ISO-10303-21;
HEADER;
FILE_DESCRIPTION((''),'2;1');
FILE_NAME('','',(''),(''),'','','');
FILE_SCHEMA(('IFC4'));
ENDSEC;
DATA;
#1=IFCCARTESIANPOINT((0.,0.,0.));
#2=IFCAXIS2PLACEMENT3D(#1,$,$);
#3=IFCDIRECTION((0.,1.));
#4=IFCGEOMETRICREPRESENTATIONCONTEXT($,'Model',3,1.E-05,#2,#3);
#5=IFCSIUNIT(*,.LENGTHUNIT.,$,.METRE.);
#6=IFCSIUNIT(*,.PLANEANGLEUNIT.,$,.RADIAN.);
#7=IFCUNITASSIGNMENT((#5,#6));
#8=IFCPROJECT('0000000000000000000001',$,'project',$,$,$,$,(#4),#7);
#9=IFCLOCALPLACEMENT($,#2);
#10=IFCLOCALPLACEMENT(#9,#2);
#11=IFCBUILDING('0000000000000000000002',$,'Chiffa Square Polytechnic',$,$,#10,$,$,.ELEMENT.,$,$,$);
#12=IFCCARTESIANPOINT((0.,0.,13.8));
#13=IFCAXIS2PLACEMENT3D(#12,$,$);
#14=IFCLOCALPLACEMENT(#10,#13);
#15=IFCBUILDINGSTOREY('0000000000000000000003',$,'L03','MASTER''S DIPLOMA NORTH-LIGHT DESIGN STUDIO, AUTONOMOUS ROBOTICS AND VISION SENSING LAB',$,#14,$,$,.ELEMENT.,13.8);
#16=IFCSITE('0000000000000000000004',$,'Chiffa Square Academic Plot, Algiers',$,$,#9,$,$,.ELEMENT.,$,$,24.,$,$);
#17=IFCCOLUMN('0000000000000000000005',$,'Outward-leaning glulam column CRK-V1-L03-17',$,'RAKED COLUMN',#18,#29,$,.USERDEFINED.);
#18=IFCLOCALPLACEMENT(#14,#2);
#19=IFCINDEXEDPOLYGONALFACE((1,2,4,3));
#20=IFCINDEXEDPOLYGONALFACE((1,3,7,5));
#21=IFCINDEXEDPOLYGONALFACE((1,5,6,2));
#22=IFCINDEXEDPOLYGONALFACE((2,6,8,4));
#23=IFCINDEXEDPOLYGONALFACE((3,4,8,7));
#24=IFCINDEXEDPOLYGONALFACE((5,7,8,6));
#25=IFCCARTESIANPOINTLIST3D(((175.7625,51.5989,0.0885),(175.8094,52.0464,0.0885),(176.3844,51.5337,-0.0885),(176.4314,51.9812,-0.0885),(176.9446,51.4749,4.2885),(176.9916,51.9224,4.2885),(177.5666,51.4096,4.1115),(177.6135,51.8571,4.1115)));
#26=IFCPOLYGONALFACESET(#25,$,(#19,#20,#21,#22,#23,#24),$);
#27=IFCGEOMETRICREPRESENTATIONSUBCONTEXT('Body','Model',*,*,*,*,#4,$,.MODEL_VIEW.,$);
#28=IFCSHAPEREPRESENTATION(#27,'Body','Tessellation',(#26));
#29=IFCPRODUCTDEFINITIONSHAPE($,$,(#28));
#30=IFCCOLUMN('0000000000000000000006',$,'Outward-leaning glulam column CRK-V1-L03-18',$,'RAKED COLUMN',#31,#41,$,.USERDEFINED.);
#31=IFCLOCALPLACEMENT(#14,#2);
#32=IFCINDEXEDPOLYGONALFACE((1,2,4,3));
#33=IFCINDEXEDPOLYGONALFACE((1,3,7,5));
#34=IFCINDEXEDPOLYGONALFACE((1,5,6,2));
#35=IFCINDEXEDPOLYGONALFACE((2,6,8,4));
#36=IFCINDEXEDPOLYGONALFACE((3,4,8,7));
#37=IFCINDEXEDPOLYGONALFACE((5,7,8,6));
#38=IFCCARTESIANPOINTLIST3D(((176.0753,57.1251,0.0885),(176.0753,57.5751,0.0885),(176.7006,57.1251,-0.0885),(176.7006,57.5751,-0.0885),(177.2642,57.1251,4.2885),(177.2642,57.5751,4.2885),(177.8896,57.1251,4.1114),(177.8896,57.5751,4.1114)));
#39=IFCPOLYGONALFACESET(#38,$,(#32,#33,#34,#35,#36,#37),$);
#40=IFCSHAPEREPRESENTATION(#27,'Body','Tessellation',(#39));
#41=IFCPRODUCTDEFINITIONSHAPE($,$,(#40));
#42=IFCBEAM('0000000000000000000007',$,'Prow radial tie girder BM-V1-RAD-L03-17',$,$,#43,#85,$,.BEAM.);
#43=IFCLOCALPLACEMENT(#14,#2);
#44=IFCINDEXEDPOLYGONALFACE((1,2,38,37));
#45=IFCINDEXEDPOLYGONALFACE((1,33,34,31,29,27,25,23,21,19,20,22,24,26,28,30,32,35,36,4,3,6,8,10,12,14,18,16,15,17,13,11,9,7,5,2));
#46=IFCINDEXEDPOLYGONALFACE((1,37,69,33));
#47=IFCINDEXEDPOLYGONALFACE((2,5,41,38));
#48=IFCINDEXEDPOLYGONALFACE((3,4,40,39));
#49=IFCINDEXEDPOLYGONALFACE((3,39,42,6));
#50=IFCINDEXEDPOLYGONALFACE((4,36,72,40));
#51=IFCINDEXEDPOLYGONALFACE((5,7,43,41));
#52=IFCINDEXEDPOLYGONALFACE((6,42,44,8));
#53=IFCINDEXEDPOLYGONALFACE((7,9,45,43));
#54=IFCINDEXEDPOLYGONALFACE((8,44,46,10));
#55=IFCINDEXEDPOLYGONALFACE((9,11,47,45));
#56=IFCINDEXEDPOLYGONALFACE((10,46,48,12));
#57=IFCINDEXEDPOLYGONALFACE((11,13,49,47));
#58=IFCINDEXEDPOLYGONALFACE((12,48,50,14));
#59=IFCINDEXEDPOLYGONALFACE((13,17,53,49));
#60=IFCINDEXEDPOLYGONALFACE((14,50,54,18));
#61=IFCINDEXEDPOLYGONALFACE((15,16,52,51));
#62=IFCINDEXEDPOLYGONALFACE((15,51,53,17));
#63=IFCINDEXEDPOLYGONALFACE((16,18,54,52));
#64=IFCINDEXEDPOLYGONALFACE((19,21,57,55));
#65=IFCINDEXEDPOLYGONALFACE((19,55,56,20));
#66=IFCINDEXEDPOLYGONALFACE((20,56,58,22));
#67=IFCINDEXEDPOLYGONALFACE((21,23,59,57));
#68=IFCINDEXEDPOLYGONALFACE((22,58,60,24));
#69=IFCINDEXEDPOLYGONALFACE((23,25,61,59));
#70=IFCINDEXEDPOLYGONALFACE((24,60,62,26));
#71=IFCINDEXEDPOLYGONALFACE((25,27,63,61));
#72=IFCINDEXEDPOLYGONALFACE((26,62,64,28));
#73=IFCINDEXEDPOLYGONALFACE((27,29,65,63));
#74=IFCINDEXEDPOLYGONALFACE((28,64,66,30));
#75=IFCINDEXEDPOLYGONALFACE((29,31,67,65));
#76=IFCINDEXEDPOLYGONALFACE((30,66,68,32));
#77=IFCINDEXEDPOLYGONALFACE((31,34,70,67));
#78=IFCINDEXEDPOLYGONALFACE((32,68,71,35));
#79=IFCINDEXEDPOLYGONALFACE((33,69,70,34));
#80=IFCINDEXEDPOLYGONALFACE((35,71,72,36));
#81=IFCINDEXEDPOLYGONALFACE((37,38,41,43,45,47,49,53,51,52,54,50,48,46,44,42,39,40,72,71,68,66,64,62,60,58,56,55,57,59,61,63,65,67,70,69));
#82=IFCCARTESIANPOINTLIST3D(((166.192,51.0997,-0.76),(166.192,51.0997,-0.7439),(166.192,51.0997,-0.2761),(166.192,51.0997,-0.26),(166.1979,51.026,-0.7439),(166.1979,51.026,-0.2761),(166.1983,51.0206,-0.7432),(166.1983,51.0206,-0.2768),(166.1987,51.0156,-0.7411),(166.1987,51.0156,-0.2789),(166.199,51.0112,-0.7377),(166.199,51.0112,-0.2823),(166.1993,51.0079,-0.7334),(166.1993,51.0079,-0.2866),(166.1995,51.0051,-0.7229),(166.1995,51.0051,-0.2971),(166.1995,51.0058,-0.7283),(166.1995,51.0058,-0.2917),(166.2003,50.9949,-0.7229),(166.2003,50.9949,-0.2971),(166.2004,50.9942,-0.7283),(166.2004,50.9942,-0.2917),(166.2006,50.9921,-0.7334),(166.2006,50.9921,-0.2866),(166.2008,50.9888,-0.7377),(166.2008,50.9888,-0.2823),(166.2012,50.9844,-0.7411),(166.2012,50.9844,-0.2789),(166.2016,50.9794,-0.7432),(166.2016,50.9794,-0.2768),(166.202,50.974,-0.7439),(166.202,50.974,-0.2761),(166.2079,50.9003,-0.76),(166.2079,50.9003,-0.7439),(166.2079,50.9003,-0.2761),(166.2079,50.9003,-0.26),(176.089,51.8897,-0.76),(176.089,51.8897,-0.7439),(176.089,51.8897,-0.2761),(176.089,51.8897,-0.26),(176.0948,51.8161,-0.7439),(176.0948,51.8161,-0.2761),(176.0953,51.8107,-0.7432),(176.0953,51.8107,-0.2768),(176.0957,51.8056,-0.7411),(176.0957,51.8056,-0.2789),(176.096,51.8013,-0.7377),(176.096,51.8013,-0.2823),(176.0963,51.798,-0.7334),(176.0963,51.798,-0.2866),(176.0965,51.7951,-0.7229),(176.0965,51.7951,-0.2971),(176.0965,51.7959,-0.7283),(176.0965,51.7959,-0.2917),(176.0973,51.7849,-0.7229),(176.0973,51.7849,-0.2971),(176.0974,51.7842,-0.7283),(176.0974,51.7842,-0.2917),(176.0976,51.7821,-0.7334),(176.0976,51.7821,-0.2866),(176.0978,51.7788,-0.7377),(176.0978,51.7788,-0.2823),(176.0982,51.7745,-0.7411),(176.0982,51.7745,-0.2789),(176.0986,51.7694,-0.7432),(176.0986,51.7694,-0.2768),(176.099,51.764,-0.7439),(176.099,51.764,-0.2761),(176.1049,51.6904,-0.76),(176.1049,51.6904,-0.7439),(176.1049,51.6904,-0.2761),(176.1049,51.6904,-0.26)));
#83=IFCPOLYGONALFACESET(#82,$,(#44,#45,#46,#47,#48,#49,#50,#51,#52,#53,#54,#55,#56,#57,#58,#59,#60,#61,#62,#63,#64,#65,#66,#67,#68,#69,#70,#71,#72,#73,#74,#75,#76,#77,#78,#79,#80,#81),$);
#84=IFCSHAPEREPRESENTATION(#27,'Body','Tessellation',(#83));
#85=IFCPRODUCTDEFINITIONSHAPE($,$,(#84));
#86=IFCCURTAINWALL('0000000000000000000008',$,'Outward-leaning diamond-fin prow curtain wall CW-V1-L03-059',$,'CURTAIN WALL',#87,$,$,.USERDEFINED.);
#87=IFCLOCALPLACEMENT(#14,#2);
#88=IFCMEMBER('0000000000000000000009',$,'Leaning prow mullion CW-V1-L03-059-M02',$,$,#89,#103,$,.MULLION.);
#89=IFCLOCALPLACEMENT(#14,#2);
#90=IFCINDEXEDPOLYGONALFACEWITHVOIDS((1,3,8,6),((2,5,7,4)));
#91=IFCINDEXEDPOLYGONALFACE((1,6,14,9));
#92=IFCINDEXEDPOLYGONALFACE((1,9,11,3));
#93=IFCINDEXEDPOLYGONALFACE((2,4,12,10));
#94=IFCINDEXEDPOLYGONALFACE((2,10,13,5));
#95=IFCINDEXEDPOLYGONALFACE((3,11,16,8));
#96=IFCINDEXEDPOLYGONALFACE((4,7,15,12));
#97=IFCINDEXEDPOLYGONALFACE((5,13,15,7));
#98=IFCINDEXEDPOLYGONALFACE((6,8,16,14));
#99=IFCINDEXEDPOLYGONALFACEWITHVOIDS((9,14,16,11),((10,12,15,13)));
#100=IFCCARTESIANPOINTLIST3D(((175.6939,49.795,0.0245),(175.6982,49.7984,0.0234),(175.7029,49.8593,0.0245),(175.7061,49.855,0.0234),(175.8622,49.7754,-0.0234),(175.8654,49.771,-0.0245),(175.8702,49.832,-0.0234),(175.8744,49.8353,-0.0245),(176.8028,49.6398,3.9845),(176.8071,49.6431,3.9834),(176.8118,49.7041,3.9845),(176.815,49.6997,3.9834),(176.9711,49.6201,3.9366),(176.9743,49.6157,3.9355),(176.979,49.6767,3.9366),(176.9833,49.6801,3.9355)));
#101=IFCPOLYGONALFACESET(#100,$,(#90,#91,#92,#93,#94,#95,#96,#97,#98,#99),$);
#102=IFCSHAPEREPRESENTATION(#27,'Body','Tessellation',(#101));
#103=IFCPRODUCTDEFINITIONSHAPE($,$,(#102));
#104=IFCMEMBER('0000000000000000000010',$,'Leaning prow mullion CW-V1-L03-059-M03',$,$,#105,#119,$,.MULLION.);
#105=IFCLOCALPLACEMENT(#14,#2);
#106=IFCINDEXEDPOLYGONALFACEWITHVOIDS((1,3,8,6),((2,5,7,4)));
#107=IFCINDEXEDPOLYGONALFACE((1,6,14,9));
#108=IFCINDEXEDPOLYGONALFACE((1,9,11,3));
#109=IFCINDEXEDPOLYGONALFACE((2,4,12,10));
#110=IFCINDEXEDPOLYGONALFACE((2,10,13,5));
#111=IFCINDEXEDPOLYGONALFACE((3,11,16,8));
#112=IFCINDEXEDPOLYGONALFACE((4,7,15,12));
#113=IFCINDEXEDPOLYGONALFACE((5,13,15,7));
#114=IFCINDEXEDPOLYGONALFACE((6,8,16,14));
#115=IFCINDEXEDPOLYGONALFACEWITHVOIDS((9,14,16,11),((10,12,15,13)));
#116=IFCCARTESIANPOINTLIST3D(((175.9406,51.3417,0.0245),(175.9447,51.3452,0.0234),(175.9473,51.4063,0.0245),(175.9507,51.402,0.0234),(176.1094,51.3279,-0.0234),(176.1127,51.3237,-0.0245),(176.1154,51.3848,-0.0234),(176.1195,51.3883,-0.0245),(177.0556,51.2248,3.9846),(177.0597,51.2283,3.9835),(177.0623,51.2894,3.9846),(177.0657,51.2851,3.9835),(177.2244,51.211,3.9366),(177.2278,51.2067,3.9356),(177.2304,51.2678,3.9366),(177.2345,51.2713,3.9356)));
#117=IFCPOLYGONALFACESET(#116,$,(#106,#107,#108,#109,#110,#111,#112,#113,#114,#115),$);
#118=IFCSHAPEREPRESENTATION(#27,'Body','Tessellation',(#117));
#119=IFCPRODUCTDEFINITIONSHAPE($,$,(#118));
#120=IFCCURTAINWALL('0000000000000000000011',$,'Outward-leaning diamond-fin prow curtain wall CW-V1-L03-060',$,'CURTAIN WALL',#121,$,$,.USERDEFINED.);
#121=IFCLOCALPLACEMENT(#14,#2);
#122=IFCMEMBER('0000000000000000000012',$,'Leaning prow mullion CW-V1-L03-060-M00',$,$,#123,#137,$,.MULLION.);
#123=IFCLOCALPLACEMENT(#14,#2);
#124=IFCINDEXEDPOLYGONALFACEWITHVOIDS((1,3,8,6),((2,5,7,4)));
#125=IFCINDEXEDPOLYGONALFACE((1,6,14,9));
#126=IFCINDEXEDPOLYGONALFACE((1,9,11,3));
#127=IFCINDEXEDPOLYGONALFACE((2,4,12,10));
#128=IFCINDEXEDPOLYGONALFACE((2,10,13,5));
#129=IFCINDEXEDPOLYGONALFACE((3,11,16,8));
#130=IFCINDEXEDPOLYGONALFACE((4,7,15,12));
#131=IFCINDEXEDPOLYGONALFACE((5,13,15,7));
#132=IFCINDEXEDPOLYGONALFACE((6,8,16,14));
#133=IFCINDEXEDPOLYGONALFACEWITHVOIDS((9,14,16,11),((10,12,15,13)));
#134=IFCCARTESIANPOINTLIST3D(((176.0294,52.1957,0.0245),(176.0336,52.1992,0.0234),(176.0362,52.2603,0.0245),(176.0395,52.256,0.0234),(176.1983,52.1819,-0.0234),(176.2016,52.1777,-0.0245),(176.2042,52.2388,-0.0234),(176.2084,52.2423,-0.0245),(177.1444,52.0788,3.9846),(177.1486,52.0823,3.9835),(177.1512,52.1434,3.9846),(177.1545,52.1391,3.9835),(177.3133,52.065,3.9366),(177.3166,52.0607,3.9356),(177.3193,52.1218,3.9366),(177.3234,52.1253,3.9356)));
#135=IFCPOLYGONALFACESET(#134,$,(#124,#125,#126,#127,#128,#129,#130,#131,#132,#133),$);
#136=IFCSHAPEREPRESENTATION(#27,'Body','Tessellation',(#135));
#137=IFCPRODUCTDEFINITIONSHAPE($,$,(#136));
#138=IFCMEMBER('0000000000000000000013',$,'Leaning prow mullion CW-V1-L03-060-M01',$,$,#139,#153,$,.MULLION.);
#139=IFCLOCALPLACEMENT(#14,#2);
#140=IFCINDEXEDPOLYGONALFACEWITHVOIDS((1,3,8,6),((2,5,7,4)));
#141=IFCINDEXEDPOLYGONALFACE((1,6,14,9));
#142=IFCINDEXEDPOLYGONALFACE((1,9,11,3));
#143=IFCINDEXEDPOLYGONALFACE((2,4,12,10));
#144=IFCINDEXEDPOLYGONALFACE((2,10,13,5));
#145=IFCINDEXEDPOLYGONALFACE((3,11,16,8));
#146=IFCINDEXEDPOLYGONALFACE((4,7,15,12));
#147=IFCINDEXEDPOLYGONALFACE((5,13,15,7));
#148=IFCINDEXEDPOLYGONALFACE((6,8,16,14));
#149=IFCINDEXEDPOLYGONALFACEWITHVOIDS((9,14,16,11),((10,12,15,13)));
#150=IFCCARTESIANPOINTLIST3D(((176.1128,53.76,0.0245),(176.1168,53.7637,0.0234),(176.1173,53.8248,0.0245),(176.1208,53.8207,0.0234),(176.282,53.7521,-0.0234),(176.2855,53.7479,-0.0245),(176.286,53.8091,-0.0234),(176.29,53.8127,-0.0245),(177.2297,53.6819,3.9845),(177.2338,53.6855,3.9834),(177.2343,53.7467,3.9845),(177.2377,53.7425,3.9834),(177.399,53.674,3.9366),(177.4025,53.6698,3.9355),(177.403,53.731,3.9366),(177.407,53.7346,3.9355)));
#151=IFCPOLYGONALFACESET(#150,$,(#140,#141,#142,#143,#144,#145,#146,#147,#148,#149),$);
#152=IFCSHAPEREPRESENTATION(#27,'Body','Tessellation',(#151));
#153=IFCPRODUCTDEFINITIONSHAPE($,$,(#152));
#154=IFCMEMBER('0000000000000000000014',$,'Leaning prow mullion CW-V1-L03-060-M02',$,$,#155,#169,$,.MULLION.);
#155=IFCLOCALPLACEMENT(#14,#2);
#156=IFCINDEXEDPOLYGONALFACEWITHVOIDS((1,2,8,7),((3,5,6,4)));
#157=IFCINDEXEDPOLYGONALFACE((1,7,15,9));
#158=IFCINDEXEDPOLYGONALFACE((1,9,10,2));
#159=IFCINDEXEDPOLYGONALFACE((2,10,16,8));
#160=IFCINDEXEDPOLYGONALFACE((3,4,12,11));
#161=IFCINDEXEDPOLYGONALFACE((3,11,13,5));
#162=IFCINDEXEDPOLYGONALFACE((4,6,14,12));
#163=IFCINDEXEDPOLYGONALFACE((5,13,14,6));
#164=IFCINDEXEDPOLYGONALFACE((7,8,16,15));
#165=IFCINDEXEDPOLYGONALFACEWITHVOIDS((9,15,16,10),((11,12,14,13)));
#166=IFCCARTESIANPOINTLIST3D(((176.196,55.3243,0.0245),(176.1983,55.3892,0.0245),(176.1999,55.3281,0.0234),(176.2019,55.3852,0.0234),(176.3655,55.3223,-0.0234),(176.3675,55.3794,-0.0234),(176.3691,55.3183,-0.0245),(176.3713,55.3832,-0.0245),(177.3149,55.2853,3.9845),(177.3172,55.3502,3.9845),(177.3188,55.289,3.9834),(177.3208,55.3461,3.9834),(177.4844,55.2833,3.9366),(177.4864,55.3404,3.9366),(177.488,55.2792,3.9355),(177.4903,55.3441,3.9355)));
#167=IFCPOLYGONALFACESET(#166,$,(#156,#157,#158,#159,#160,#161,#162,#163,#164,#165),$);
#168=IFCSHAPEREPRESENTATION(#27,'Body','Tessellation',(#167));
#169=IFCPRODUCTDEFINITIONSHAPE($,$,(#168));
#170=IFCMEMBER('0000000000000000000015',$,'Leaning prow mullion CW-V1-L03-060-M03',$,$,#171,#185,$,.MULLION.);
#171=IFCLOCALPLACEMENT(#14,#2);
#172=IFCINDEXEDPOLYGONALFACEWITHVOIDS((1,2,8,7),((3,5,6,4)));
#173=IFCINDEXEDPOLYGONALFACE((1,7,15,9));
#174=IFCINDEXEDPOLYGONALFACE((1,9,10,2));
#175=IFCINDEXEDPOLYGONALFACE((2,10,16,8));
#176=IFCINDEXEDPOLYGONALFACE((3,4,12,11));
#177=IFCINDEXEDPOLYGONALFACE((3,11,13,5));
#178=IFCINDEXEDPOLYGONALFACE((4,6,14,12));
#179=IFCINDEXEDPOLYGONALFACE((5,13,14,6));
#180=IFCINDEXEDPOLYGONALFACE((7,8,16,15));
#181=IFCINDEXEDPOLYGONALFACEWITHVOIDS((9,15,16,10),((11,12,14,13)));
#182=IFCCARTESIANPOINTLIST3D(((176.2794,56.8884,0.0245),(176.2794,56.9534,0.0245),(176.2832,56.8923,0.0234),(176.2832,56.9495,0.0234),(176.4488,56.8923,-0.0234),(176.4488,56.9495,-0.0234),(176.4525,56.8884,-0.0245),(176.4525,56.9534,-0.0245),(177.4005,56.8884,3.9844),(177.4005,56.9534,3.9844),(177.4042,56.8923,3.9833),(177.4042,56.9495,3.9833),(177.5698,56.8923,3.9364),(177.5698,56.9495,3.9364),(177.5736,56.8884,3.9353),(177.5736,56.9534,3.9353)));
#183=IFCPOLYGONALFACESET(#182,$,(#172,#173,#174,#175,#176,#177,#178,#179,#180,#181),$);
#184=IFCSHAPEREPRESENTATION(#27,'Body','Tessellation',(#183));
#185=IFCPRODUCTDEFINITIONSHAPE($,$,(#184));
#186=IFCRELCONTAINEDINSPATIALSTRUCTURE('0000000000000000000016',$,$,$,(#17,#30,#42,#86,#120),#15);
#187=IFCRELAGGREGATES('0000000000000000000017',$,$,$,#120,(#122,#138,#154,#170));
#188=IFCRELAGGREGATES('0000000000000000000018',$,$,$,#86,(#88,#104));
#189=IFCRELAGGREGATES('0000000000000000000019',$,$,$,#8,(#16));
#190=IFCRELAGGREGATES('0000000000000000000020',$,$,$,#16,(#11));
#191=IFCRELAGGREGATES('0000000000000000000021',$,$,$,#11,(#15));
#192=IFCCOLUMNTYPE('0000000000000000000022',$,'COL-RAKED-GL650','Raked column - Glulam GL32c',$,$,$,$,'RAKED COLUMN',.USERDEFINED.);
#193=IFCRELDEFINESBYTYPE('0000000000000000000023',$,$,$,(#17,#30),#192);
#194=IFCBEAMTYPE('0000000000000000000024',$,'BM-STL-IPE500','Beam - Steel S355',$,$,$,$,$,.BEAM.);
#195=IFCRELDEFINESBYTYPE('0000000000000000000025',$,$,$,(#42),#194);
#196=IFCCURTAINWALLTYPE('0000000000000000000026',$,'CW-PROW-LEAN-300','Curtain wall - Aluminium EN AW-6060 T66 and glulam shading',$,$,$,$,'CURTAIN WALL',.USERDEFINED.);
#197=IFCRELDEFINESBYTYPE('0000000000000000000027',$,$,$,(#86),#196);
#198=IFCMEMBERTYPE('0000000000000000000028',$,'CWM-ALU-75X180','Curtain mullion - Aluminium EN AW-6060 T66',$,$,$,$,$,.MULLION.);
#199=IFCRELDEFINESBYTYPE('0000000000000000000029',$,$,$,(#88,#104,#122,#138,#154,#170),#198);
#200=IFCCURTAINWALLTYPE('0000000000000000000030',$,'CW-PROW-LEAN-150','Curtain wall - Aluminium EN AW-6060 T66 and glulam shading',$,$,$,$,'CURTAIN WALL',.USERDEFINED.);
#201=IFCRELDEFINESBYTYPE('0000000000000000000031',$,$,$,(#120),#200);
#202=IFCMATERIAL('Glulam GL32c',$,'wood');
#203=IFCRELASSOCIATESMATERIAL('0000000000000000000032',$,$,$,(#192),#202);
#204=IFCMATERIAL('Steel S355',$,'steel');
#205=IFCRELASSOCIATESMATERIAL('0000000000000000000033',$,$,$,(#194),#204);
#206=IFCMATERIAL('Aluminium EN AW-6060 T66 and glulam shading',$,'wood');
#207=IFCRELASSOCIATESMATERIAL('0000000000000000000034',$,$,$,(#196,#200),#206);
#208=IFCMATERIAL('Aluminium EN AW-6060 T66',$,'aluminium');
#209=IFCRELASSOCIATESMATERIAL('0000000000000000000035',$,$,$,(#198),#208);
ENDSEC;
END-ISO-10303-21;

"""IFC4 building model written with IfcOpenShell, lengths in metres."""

from ifc_helpers import new_model, si_unit, direction, frame, origin, origin_2d, place, context, subcontext, project, spatial, rectangle, hollow_rectangle, i_section, extrude, material, material_profile, profile_set, type_object, element, aggregate, save


model = new_model("IFC4")

# Units and contexts
model_context = context("Model", 3, precision=1e-05, world=origin(), true_north=direction((0.0, 1.0)))
body_context = subcontext(model_context, "Body", "Model", "MODEL_VIEW")
ifc_project = project(units=[si_unit("LENGTHUNIT", "METRE"), si_unit("PLANEANGLEUNIT", "RADIAN")], contexts=[model_context])

# Site, building, storey
site_placement = place(None, origin())
site = spatial("IfcSite", under=ifc_project, at=site_placement, Name="Chiffa Square Academic Plot, Algiers", CompositionType="ELEMENT", RefElevation=24.0)
building_placement = place(site_placement, origin())
building = spatial("IfcBuilding", under=site, at=building_placement, Name="Chiffa Square Polytechnic", CompositionType="ELEMENT")
storey_placement = place(building_placement, frame((0.0, 0.0, 13.8)))
storey = spatial("IfcBuildingStorey", under=building, at=storey_placement, Name="L03", Description="MASTER'S DIPLOMA NORTH-LIGHT DESIGN STUDIO, AUTONOMOUS ROBOTICS AND VISION SENSING LAB", CompositionType="ELEMENT", Elevation=13.8)

# Columns
ifc_material_1 = material(Name="Glulam GL32c", Category="wood")
ifc_material_profile_1 = material_profile(ifc_material_1, rectangle(XDim=0.45, YDim=0.6499, at=origin_2d()), Name="GL32c 450x650")
ifc_profile_set_1 = profile_set([ifc_material_profile_1], Name="Glulam GL32c")
column_type = type_object("IfcColumnType", Name="COL-RAKED-GL650", Description="Raked column - Glulam GL32c", ElementType="RAKED COLUMN", PredefinedType="USERDEFINED", material=ifc_profile_set_1)
for number, where, z_axis, x_axis, name in (
    (1, (176.0969, 51.79, 0.0), (0.270826, -0.028414, 0.962209), (0.104343, 0.994541, 0.0), "Outward-leaning glulam column CRK-V1-L03-17"),
    (2, (176.3879, 57.3501, 0.0), (0.272386, 0.0, 0.962188), (0.0, 1.0, 0.0), "Outward-leaning glulam column CRK-V1-L03-18"),
):
    element("IfcColumn", number, at=place(storey_placement, frame(where, z_axis=z_axis, x_axis=x_axis)), inside=storey, type_object=column_type, Name=name, ObjectType="RAKED COLUMN", PredefinedType="USERDEFINED", context=body_context, shape_type="SweptSolid", body=[
        extrude(rectangle(XDim=0.45, YDim=0.6499, at=origin_2d()), origin(), (0.0, 0.0, 1.0), 4.365),
    ])

# Beam
ifc_material_2 = material(Name="Steel S355", Category="steel")
ifc_material_profile_2 = material_profile(ifc_material_2, i_section(OverallWidth=0.2, OverallDepth=0.5, WebThickness=0.0103, FlangeThickness=0.0161, FilletRadius=0.021, at=origin_2d()), Name="IPE 500")
ifc_profile_set_2 = profile_set([ifc_material_profile_2], Name="Steel S355")
beam_type_1 = type_object("IfcBeamType", Name="BM-STL-IPE500", Description="Beam - Steel S355", PredefinedType="BEAM", material=ifc_profile_set_2)
beam_1_placement = place(storey_placement, frame((176.0969, 51.79, -0.51), z_axis=(-0.996829, -0.079573, 0.0), x_axis=(0.079573, -0.996829, 0.0)))
element("IfcBeam", 3, at=beam_1_placement, inside=storey, type_object=beam_type_1, Name="Prow radial tie girder BM-V1-RAD-L03-17", PredefinedType="BEAM", context=body_context, shape_type="SweptSolid", body=[
    extrude(i_section(OverallWidth=0.2, OverallDepth=0.5, WebThickness=0.0103, FlangeThickness=0.0161, FilletRadius=0.021, at=origin_2d()), origin(), (0.0, 0.0, 1.0), 9.9285),
])

# Curtain walls, members
ifc_material_3 = material(Name="Aluminium EN AW-6060 T66 and glulam shading", Category="wood")
curtain_wall_type_1 = type_object("IfcCurtainWallType", Name="CW-PROW-LEAN-300", Description="Curtain wall - Aluminium EN AW-6060 T66 and glulam shading", ElementType="CURTAIN WALL", PredefinedType="USERDEFINED", material=ifc_material_3)
curtain_wall_1_placement = place(storey_placement, origin())
curtain_wall_1 = element("IfcCurtainWall", 4, at=curtain_wall_1_placement, inside=storey, type_object=curtain_wall_type_1, Name="Outward-leaning diamond-fin prow curtain wall CW-V1-L03-059", ObjectType="CURTAIN WALL", PredefinedType="USERDEFINED")
ifc_material_4 = material(Name="Aluminium EN AW-6060 T66", Category="aluminium")
ifc_material_profile_3 = material_profile(ifc_material_4, hollow_rectangle(XDim=0.0649, YDim=0.1799, WallThickness=0.0039, at=origin_2d()), Name="ALU 65x180x4")
ifc_profile_set_3 = profile_set([ifc_material_profile_3], Name="Aluminium EN AW-6060 T66")
member_type_1 = type_object("IfcMemberType", Name="CWM-ALU-75X180", Description="Curtain mullion - Aluminium EN AW-6060 T66", PredefinedType="MULLION", material=ifc_profile_set_3)
member_1_placement = place(storey_placement, frame((175.7842, 49.8152, 0.0), z_axis=(0.26946, -0.037732, 0.962272), x_axis=(0.138674, 0.990338, 0.0)))
member_1 = element("IfcMember", 5, at=member_1_placement, type_object=member_type_1, Name="Leaning prow mullion CW-V1-L03-059-M02", PredefinedType="MULLION", context=body_context, shape_type="SweptSolid", body=[
    extrude(hollow_rectangle(XDim=0.0649, YDim=0.1799, WallThickness=0.0039, at=origin_2d()), origin(), (0.0, 0.0, 1.0), 4.1152),
])
member_2_placement = place(storey_placement, frame((176.03, 51.365, 0.0), z_axis=(0.270918, -0.028415, 0.962183), x_axis=(0.104311, 0.994545, 0.0)))
member_2 = element("IfcMember", 6, at=member_2_placement, type_object=member_type_1, Name="Leaning prow mullion CW-V1-L03-059-M03", PredefinedType="MULLION", context=body_context, shape_type="SweptSolid", body=[
    extrude(hollow_rectangle(XDim=0.0649, YDim=0.1799, WallThickness=0.0039, at=origin_2d()), origin(), (0.0, 0.0, 1.0), 4.1157),
])
curtain_wall_type_2 = type_object("IfcCurtainWallType", Name="CW-PROW-LEAN-150", Description="Curtain wall - Aluminium EN AW-6060 T66 and glulam shading", ElementType="CURTAIN WALL", PredefinedType="USERDEFINED", material=ifc_material_3)
curtain_wall_2_placement = place(storey_placement, origin())
curtain_wall_2 = element("IfcCurtainWall", 7, at=curtain_wall_2_placement, inside=storey, type_object=curtain_wall_type_2, Name="Outward-leaning diamond-fin prow curtain wall CW-V1-L03-060", ObjectType="CURTAIN WALL", PredefinedType="USERDEFINED")
member_3_placement = place(storey_placement, frame((176.1189, 52.219, 0.0), z_axis=(0.270918, -0.028415, 0.962183), x_axis=(0.104311, 0.994545, 0.0)))
member_3 = element("IfcMember", 8, at=member_3_placement, type_object=member_type_1, Name="Leaning prow mullion CW-V1-L03-060-M00", PredefinedType="MULLION", context=body_context, shape_type="SweptSolid", body=[
    extrude(hollow_rectangle(XDim=0.0649, YDim=0.1799, WallThickness=0.0039, at=origin_2d()), origin(), (0.0, 0.0, 1.0), 4.1157),
])
member_4_placement = place(storey_placement, frame((176.2014, 53.7864, 0.0), z_axis=(0.271418, -0.018984, 0.962274), x_axis=(0.069775, 0.997563, 0.0)))
member_4 = element("IfcMember", 9, at=member_4_placement, type_object=member_type_1, Name="Leaning prow mullion CW-V1-L03-060-M01", PredefinedType="MULLION", context=body_context, shape_type="SweptSolid", body=[
    extrude(hollow_rectangle(XDim=0.0649, YDim=0.1799, WallThickness=0.0039, at=origin_2d()), origin(), (0.0, 0.0, 1.0), 4.1152),
])
member_5_placement = place(storey_placement, frame((176.2837, 55.3538, 0.0), z_axis=(0.271895, -0.009492, 0.96228), x_axis=(0.03489, 0.999391, 0.0)))
member_5 = element("IfcMember", 10, at=member_5_placement, type_object=member_type_1, Name="Leaning prow mullion CW-V1-L03-060-M02", PredefinedType="MULLION", context=body_context, shape_type="SweptSolid", body=[
    extrude(hollow_rectangle(XDim=0.0649, YDim=0.1799, WallThickness=0.0039, at=origin_2d()), origin(), (0.0, 0.0, 1.0), 4.1152),
])
member_6_placement = place(storey_placement, frame((176.366, 56.9209, 0.0), z_axis=(0.272401, 0.0, 0.962184), x_axis=(0.0, 1.0, 0.0)))
member_6 = element("IfcMember", 11, at=member_6_placement, type_object=member_type_1, Name="Leaning prow mullion CW-V1-L03-060-M03", PredefinedType="MULLION", context=body_context, shape_type="SweptSolid", body=[
    extrude(hollow_rectangle(XDim=0.0649, YDim=0.1799, WallThickness=0.0039, at=origin_2d()), origin(), (0.0, 0.0, 1.0), 4.1155),
])

aggregate(curtain_wall_2, [member_3, member_4, member_5, member_6])
aggregate(curtain_wall_1, [member_1, member_2])

save(model, "model.ifc")
